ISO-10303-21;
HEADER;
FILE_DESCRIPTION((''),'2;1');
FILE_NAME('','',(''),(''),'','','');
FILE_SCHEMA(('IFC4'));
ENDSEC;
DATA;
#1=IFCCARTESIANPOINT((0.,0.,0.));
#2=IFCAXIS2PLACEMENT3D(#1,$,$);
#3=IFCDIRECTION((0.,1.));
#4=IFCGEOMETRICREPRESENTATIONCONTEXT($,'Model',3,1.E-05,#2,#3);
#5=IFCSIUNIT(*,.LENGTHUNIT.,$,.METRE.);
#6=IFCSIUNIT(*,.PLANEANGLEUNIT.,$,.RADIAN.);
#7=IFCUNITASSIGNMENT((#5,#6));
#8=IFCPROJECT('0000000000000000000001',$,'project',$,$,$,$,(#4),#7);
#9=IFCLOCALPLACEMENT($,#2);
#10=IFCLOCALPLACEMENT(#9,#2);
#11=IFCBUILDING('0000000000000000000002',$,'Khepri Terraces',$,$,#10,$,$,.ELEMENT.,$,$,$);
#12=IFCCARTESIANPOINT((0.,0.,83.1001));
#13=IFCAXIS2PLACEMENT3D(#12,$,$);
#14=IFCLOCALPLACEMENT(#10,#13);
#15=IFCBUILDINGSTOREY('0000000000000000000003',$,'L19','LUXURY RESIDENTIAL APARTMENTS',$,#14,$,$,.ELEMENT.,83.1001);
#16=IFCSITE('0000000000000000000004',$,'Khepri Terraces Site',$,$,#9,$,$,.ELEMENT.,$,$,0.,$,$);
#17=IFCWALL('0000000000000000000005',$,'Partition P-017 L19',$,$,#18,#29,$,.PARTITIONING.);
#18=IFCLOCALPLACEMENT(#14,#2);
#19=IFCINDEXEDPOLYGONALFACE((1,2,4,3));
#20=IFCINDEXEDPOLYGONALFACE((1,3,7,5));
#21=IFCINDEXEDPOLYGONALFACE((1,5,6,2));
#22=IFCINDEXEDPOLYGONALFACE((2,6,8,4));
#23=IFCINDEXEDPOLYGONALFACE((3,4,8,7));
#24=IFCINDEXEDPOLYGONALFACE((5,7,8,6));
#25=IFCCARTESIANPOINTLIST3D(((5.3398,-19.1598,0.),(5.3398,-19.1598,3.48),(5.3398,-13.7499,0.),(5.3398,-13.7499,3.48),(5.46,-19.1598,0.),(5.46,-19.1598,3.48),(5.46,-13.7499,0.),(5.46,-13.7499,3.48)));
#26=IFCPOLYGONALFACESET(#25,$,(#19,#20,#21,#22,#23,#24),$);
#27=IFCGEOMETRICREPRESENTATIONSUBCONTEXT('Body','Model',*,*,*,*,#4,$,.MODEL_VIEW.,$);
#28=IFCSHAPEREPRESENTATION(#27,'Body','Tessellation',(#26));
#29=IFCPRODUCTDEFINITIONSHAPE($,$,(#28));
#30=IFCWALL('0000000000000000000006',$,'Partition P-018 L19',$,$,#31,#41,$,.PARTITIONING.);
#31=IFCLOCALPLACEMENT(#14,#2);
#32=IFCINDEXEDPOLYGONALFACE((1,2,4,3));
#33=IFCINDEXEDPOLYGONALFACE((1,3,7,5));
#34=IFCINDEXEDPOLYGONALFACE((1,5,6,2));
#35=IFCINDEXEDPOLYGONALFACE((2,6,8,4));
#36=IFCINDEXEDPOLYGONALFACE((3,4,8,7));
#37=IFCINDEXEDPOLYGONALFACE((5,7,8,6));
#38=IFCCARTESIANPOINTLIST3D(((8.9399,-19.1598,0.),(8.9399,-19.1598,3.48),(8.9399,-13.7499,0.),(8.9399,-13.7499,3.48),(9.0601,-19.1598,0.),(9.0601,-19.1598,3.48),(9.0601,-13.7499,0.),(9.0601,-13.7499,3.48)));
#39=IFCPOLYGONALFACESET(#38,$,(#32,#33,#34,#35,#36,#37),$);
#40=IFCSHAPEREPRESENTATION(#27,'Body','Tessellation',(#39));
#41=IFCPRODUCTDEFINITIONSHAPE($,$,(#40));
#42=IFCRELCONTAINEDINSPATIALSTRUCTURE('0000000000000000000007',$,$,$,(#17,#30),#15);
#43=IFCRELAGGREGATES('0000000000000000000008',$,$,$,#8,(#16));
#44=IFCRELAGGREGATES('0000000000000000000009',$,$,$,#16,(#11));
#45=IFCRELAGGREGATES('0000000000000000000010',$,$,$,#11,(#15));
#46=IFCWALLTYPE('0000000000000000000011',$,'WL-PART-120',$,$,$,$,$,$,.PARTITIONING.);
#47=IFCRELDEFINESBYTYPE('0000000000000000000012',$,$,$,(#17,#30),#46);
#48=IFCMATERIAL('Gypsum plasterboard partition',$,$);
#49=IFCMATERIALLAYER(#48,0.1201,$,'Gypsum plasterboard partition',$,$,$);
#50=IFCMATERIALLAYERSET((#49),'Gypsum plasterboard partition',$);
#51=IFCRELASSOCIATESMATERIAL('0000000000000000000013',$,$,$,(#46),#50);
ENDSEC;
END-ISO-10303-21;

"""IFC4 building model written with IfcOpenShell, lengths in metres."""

from ifc_helpers import new_model, si_unit, direction, frame, frame_2d, origin, place, context, subcontext, project, spatial, rectangle, extrude, material, layer, layer_set, type_object, element, save


model = new_model("IFC4")

# Units and contexts
model_context = context("Model", 3, precision=1e-05, world=origin(), true_north=direction((0.0, 1.0)))
body_context = subcontext(model_context, "Body", "Model", "MODEL_VIEW")
ifc_project = project(units=[si_unit("LENGTHUNIT", "METRE"), si_unit("PLANEANGLEUNIT", "RADIAN")], contexts=[model_context])

# Site, building, storey
site_placement = place(None, origin())
site = spatial("IfcSite", under=ifc_project, at=site_placement, Name="Khepri Terraces Site", CompositionType="ELEMENT", RefElevation=0.0)
building_placement = place(site_placement, origin())
building = spatial("IfcBuilding", under=site, at=building_placement, Name="Khepri Terraces", CompositionType="ELEMENT")
storey_placement = place(building_placement, frame((0.0, 0.0, 83.1001)))
storey = spatial("IfcBuildingStorey", under=building, at=storey_placement, Name="L19", Description="LUXURY RESIDENTIAL APARTMENTS", CompositionType="ELEMENT", Elevation=83.1001)

# Shared definitions
ifc_material_1 = material(Name="Gypsum plasterboard partition")
ifc_layer_1 = layer(ifc_material_1, 0.1201, Name="Gypsum plasterboard partition")
ifc_layer_set_1 = layer_set([ifc_layer_1], Name="Gypsum plasterboard partition")
wall_type_1 = type_object("IfcWallType", Name="WL-PART-120", PredefinedType="PARTITIONING", material=ifc_layer_set_1)

# Walls
for number, where, z_axis, x_axis, name in (
    (1, (5.3999, -19.1599, 0.0), (0.0, 0.0, 1.0), (0.0, 1.0, 0.0), "Partition P-017 L19"),
    (2, (9.0, -19.1599, 0.0), (0.0, 0.0, 1.0), (0.0, 1.0, 0.0), "Partition P-018 L19"),
):
    element("IfcWall", number, at=place(storey_placement, frame(where, z_axis=z_axis, x_axis=x_axis)), inside=storey, type_object=wall_type_1, Name=name, PredefinedType="PARTITIONING", context=body_context, shape_type="SweptSolid", body=[
        extrude(rectangle(XDim=5.4099, YDim=0.1201, at=frame_2d((2.7051, 0.0))), origin(), (0.0, 0.0, 1.0), 3.48),
    ])

save(model, "model.ifc")
